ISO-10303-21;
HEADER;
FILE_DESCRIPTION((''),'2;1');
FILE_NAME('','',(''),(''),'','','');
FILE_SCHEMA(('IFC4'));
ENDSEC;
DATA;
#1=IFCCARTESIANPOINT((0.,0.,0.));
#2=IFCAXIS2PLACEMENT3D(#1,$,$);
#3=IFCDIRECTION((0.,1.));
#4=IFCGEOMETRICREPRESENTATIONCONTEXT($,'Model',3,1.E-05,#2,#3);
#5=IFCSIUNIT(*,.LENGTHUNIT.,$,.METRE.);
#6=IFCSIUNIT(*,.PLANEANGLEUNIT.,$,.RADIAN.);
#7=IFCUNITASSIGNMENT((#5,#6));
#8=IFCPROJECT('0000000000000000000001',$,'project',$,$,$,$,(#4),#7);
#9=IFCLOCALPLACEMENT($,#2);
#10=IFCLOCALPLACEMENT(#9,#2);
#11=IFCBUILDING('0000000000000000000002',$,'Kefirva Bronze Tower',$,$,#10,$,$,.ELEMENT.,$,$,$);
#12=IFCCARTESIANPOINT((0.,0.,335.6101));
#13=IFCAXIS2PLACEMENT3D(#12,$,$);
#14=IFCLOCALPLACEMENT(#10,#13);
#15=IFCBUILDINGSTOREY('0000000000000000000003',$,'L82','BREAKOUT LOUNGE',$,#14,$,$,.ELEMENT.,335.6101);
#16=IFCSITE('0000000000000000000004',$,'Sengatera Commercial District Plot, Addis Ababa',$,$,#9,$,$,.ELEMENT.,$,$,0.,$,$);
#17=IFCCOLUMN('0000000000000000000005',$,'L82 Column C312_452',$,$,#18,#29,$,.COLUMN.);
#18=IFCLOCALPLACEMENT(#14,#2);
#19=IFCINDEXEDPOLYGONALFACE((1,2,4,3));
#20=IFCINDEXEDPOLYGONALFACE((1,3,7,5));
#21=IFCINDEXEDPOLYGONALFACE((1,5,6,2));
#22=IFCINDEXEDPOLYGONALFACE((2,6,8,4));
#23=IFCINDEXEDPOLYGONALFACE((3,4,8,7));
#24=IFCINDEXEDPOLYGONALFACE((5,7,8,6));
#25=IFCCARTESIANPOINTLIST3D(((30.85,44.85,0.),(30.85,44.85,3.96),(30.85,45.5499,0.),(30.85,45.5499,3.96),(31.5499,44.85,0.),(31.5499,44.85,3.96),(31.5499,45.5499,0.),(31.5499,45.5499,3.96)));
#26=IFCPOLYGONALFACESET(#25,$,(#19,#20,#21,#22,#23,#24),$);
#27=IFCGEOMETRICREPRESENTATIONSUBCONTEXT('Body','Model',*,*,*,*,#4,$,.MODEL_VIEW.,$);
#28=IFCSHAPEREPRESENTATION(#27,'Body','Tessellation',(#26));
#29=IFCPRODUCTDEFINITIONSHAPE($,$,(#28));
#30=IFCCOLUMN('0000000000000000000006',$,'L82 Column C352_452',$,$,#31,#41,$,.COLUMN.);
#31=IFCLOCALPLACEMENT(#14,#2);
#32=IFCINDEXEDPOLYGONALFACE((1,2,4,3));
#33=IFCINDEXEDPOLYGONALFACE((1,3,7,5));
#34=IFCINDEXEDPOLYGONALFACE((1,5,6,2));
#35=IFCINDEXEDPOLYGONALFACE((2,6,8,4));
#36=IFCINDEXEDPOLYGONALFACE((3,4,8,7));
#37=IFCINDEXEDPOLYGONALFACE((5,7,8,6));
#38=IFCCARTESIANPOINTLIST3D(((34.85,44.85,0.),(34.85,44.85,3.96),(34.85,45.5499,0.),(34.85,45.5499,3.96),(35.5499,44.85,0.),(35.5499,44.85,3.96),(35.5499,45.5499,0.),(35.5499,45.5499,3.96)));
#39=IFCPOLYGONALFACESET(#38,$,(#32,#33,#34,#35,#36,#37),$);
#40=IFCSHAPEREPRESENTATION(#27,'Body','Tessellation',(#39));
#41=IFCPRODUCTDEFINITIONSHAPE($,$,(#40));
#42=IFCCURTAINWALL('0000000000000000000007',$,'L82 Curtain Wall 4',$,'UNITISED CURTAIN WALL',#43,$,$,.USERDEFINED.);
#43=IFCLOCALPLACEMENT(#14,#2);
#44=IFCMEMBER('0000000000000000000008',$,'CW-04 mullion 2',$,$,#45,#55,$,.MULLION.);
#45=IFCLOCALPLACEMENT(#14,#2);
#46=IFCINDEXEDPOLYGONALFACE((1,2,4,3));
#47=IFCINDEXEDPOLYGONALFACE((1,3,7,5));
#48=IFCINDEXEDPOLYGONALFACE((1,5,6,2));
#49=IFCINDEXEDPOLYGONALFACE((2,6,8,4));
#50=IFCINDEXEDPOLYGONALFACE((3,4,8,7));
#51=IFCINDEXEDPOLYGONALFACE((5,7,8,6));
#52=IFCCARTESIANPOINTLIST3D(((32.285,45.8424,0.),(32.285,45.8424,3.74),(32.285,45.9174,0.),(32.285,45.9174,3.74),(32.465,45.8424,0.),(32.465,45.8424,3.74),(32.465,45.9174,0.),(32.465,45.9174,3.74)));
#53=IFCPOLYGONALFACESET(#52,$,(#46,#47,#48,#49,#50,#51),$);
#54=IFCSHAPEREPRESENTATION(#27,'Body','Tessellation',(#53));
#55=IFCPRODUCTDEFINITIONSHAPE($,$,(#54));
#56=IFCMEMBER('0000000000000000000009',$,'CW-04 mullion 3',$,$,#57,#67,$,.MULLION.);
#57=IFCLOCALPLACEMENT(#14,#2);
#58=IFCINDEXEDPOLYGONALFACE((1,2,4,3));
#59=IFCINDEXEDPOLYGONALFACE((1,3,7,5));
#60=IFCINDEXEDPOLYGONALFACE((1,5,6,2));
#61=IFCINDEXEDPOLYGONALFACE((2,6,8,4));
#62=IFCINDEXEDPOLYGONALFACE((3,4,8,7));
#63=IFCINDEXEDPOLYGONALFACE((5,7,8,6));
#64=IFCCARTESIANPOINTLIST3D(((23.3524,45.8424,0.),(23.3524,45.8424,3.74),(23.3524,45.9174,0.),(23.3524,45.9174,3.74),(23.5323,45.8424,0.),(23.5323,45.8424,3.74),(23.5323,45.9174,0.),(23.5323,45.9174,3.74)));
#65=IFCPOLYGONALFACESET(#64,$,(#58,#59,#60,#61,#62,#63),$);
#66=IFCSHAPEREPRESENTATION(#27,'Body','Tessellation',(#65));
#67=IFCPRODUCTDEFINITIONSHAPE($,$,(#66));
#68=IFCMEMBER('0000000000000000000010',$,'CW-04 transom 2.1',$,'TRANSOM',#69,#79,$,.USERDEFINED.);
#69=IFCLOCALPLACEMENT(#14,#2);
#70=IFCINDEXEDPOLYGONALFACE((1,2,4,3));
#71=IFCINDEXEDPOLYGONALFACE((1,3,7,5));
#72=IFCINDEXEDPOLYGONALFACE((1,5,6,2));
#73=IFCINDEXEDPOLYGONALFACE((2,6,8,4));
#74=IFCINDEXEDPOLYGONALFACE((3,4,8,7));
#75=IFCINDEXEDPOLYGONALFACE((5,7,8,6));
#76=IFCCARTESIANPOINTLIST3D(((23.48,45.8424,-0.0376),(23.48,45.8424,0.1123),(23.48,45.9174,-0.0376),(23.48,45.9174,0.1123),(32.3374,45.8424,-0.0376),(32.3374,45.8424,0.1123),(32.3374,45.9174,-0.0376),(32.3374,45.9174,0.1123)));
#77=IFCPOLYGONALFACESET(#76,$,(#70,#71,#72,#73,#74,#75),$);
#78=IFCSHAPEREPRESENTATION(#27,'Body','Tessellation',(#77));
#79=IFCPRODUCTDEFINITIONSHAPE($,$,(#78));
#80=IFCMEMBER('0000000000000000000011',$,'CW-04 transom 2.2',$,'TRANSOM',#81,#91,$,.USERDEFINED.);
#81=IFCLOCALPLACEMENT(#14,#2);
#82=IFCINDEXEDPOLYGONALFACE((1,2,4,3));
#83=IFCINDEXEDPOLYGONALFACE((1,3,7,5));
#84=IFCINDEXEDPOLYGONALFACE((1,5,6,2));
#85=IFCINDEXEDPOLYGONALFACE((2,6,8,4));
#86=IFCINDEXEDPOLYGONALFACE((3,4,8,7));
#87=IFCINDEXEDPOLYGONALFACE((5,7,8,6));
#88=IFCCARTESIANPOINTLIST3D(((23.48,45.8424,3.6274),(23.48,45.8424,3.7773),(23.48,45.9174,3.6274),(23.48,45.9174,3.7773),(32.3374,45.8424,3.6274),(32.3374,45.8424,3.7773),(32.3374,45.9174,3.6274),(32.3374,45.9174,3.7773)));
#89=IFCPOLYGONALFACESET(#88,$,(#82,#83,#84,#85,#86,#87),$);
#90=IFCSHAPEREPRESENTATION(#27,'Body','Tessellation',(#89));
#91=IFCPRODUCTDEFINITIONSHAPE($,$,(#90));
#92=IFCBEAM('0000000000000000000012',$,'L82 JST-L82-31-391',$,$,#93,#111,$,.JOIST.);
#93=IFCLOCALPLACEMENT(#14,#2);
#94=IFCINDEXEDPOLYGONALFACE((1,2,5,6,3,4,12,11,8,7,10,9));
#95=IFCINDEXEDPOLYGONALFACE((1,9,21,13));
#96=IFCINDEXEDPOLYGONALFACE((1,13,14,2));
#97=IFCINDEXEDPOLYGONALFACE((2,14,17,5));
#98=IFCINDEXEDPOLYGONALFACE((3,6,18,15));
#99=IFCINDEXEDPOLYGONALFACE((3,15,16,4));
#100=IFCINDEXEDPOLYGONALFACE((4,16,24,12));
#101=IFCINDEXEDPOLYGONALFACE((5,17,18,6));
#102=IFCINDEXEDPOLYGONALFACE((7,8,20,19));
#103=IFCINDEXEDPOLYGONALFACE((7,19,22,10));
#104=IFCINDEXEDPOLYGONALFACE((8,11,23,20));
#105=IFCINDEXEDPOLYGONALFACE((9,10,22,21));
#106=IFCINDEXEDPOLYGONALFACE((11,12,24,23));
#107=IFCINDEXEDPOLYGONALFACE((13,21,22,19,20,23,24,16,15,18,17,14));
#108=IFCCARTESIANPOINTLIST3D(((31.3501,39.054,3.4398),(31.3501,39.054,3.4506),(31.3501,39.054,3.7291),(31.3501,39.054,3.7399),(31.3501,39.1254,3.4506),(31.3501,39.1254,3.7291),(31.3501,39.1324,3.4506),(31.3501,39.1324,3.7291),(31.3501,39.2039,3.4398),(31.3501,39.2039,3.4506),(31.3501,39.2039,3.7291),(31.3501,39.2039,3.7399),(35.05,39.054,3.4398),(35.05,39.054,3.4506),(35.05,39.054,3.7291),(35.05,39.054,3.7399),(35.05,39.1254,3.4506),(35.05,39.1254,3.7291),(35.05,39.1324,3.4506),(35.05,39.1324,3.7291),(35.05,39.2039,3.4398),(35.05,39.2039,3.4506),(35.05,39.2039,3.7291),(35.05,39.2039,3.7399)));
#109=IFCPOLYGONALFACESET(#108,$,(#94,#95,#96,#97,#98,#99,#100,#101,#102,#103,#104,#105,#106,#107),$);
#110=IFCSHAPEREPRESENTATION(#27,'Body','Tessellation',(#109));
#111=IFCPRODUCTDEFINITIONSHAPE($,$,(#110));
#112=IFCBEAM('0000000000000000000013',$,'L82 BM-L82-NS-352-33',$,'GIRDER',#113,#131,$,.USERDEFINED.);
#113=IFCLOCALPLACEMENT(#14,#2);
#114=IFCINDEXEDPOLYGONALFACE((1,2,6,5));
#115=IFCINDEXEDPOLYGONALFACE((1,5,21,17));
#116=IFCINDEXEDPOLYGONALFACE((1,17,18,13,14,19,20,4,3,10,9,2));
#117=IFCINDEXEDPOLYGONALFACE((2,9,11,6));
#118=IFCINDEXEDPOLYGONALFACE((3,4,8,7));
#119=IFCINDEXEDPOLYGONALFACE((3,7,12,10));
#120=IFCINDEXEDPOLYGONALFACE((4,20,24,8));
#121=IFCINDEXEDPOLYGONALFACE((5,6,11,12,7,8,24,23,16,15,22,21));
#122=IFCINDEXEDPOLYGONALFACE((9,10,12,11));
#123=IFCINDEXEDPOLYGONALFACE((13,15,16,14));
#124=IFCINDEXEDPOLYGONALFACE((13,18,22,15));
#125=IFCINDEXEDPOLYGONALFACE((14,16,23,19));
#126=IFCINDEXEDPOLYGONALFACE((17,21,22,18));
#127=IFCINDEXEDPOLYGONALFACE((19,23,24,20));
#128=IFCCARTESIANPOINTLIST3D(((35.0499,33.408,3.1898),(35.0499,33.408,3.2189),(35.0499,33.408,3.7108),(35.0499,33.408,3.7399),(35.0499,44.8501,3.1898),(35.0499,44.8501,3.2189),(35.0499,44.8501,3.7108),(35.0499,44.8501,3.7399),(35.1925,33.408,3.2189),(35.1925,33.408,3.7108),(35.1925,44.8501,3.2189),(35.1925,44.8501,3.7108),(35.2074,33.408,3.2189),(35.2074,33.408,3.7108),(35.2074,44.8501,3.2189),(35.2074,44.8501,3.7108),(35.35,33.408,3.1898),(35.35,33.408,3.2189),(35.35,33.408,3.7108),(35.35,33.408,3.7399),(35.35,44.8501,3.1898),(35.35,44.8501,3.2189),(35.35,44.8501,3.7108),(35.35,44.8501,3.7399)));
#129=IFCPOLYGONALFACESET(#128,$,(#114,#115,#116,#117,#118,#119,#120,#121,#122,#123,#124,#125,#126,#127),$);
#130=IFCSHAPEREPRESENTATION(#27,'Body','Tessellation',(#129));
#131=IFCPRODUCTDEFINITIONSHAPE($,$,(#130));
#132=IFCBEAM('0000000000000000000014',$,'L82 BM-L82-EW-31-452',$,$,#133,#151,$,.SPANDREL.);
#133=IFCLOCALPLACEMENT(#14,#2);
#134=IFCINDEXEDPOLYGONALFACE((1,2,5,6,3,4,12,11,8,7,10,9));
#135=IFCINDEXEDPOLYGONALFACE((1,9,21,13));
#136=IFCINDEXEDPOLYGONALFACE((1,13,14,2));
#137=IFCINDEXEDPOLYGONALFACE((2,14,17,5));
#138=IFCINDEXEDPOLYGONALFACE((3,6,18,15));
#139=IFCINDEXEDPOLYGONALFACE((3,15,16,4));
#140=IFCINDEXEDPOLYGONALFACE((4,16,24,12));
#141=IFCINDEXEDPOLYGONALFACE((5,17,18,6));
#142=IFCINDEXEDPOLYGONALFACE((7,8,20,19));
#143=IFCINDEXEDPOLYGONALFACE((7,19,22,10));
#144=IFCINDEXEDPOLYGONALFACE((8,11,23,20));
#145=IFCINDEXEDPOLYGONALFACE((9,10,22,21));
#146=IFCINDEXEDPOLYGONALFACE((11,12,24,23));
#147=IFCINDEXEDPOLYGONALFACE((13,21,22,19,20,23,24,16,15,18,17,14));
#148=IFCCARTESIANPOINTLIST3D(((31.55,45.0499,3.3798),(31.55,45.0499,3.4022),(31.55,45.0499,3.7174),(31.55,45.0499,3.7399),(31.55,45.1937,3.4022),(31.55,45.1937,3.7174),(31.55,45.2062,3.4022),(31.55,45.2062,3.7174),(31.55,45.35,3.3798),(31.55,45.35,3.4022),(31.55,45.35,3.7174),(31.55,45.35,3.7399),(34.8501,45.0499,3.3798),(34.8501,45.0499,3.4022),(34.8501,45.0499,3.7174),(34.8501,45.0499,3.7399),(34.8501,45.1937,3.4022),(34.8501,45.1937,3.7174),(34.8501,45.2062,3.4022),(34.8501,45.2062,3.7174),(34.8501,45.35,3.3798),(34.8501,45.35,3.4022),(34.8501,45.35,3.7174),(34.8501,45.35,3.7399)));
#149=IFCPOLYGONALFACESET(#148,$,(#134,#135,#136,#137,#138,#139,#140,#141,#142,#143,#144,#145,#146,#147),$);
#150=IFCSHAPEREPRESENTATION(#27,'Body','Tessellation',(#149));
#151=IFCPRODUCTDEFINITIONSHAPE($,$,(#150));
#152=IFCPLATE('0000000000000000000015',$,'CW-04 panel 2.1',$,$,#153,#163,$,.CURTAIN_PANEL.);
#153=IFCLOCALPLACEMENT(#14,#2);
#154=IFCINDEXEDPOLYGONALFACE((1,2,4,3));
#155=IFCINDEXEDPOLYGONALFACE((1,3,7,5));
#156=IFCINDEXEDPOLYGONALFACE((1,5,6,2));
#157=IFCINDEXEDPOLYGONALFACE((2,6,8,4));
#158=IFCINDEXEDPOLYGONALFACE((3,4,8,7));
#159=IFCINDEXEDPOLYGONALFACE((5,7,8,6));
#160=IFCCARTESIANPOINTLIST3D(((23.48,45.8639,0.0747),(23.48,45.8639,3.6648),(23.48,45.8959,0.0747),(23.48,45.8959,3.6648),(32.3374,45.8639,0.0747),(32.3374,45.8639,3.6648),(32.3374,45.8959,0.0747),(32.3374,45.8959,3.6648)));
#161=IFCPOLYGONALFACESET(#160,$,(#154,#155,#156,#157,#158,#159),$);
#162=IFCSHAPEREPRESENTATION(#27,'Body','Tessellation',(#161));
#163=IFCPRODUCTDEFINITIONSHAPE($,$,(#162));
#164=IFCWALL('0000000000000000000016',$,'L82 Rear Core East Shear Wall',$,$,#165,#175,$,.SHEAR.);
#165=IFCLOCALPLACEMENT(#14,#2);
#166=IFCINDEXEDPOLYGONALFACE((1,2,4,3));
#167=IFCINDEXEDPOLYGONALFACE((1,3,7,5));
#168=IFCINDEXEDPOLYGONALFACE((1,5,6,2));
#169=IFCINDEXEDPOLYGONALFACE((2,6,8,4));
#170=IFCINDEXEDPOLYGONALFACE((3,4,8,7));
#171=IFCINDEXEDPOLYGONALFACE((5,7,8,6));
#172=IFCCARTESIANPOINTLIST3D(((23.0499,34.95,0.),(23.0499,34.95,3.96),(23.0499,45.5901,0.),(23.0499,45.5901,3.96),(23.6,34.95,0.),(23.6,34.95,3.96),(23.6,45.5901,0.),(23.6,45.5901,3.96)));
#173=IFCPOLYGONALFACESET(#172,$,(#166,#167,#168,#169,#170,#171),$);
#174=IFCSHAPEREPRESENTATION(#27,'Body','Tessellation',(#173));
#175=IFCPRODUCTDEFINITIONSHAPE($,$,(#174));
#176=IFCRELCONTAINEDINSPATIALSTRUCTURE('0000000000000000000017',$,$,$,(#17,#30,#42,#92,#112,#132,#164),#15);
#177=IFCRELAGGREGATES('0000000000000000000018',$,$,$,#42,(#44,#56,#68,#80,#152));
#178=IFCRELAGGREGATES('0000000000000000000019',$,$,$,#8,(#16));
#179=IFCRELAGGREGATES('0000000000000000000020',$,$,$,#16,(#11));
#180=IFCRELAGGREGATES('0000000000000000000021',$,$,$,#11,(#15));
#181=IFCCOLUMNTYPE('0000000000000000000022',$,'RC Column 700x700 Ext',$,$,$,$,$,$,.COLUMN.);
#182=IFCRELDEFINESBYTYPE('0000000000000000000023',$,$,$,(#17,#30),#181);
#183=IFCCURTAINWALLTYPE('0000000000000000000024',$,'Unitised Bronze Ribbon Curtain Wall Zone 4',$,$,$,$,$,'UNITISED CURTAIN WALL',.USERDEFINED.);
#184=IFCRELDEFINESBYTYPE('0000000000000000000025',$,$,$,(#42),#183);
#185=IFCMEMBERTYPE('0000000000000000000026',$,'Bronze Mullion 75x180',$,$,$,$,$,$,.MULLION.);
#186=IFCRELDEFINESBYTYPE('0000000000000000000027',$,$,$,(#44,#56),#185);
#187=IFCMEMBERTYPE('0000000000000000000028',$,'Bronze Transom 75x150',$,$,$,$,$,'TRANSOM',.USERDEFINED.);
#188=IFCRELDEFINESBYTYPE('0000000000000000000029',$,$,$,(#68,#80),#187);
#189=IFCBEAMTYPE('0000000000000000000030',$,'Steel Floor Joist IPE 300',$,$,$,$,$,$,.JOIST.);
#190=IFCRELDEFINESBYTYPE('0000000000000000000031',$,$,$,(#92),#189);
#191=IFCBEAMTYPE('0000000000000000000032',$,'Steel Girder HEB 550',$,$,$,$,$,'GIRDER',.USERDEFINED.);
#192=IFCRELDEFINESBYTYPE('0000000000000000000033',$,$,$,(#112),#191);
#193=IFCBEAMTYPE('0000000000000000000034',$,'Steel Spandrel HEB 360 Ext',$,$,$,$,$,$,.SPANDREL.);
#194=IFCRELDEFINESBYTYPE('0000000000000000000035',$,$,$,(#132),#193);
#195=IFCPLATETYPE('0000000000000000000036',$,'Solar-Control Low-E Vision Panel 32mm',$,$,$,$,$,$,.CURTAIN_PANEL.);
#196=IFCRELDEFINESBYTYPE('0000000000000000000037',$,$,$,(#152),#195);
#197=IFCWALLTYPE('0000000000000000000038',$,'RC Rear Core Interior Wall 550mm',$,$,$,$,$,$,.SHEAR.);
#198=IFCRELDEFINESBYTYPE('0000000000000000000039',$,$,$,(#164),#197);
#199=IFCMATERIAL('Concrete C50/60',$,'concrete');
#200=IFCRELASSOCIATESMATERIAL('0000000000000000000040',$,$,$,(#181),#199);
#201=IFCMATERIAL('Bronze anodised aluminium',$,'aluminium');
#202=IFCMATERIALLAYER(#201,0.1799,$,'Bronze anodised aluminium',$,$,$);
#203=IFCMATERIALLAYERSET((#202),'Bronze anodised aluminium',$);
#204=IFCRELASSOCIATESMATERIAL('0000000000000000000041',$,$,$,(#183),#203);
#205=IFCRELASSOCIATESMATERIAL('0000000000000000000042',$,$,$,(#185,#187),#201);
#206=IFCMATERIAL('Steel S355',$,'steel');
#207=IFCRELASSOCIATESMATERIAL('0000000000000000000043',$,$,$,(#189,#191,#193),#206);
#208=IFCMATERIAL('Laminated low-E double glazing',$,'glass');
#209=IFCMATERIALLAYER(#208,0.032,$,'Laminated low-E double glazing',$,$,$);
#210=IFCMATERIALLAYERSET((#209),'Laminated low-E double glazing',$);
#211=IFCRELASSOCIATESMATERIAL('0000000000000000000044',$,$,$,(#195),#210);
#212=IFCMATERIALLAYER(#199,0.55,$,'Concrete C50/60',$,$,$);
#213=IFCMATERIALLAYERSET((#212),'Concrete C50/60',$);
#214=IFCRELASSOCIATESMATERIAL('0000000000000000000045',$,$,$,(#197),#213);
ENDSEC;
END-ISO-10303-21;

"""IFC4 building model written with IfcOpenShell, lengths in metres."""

from ifc_helpers import new_model, si_unit, direction, frame, frame_2d, origin, origin_2d, place, context, subcontext, project, spatial, rectangle, i_section, extrude, material, layer, layer_set, material_profile, profile_set, type_object, element, aggregate, save


model = new_model("IFC4")

# Units and contexts
model_context = context("Model", 3, precision=1e-05, world=origin(), true_north=direction((0.0, 1.0)))
body_context = subcontext(model_context, "Body", "Model", "MODEL_VIEW")
ifc_project = project(units=[si_unit("LENGTHUNIT", "METRE"), si_unit("PLANEANGLEUNIT", "RADIAN")], contexts=[model_context])

# Site, building, storey
site_placement = place(None, origin())
site = spatial("IfcSite", under=ifc_project, at=site_placement, Name="Sengatera Commercial District Plot, Addis Ababa", CompositionType="ELEMENT", RefElevation=0.0)
building_placement = place(site_placement, origin())
building = spatial("IfcBuilding", under=site, at=building_placement, Name="Kefirva Bronze Tower", CompositionType="ELEMENT")
storey_placement = place(building_placement, frame((0.0, 0.0, 335.6101)))
storey = spatial("IfcBuildingStorey", under=building, at=storey_placement, Name="L82", Description="BREAKOUT LOUNGE", CompositionType="ELEMENT", Elevation=335.6101)

# Columns
ifc_material_1 = material(Name="Concrete C50/60", Category="concrete")
ifc_material_profile_1 = material_profile(ifc_material_1, rectangle(XDim=0.7, YDim=0.7, at=origin_2d()), Name="RC 700x700")
ifc_profile_set_1 = profile_set([ifc_material_profile_1], Name="Concrete C50/60")
column_type = type_object("IfcColumnType", Name="RC Column 700x700 Ext", PredefinedType="COLUMN", material=ifc_profile_set_1)
for number, where, z_axis, x_axis, name in (
    (1, (31.2, 45.2, 0.0), (0.0, 0.0, 1.0), (1.0, 0.0, 0.0), "L82 Column C312_452"),
    (2, (35.2, 45.2, 0.0), (0.0, 0.0, 1.0), (1.0, 0.0, 0.0), "L82 Column C352_452"),
):
    element("IfcColumn", number, at=place(storey_placement, frame(where, z_axis=z_axis, x_axis=x_axis)), inside=storey, type_object=column_type, Name=name, PredefinedType="COLUMN", context=body_context, shape_type="SweptSolid", body=[
        extrude(rectangle(XDim=0.7, YDim=0.7, at=origin_2d()), origin(), (0.0, 0.0, 1.0), 3.96),
    ])

# Curtain wall, members
ifc_material_2 = material(Name="Bronze anodised aluminium", Category="aluminium")
ifc_layer_1 = layer(ifc_material_2, 0.1799, Name="Bronze anodised aluminium")
ifc_layer_set_1 = layer_set([ifc_layer_1], Name="Bronze anodised aluminium")
curtain_wall_type = type_object("IfcCurtainWallType", Name="Unitised Bronze Ribbon Curtain Wall Zone 4", ElementType="UNITISED CURTAIN WALL", PredefinedType="USERDEFINED", material=ifc_layer_set_1)
curtain_wall_placement = place(storey_placement, origin())
curtain_wall = element("IfcCurtainWall", 3, at=curtain_wall_placement, inside=storey, type_object=curtain_wall_type, Name="L82 Curtain Wall 4", ObjectType="UNITISED CURTAIN WALL", PredefinedType="USERDEFINED")
ifc_material_profile_2 = material_profile(ifc_material_2, rectangle(XDim=0.075, YDim=0.1799, at=origin_2d()), Name="ALU 75x180")
ifc_profile_set_2 = profile_set([ifc_material_profile_2], Name="Bronze anodised aluminium")
member_type_1 = type_object("IfcMemberType", Name="Bronze Mullion 75x180", PredefinedType="MULLION", material=ifc_profile_set_2)
member_1_placement = place(storey_placement, frame((32.375, 45.8799, 0.0), z_axis=(0.0, 0.0, 1.0), x_axis=(0.0, -1.0, 0.0)))
member_1 = element("IfcMember", 4, at=member_1_placement, type_object=member_type_1, Name="CW-04 mullion 2", PredefinedType="MULLION", context=body_context, shape_type="SweptSolid", body=[
    extrude(rectangle(XDim=0.075, YDim=0.1799, at=origin_2d()), origin(), (0.0, 0.0, 1.0), 3.74),
])
member_2_placement = place(storey_placement, frame((23.4424, 45.8799, 0.0), z_axis=(0.0, 0.0, 1.0), x_axis=(0.0, -1.0, 0.0)))
member_2 = element("IfcMember", 5, at=member_2_placement, type_object=member_type_1, Name="CW-04 mullion 3", PredefinedType="MULLION", context=body_context, shape_type="SweptSolid", body=[
    extrude(rectangle(XDim=0.075, YDim=0.1799, at=origin_2d()), origin(), (0.0, 0.0, 1.0), 3.74),
])
ifc_material_profile_3 = material_profile(ifc_material_2, rectangle(XDim=0.075, YDim=0.1499, at=origin_2d()), Name="ALU 75x150")
ifc_profile_set_3 = profile_set([ifc_material_profile_3], Name="Bronze anodised aluminium")
member_type_2 = type_object("IfcMemberType", Name="Bronze Transom 75x150", ElementType="TRANSOM", PredefinedType="USERDEFINED", material=ifc_profile_set_3)
member_3_placement = place(storey_placement, frame((32.3374, 45.8799, 0.0374), z_axis=(-1.0, 0.0, 0.0), x_axis=(0.0, -1.0, 0.0)))
member_3 = element("IfcMember", 6, at=member_3_placement, type_object=member_type_2, Name="CW-04 transom 2.1", ObjectType="TRANSOM", PredefinedType="USERDEFINED", context=body_context, shape_type="SweptSolid", body=[
    extrude(rectangle(XDim=0.075, YDim=0.1499, at=origin_2d()), origin(), (0.0, 0.0, 1.0), 8.8574),
])
member_4_placement = place(storey_placement, frame((32.3374, 45.8799, 3.7024), z_axis=(-1.0, 0.0, 0.0), x_axis=(0.0, -1.0, 0.0)))
member_4 = element("IfcMember", 7, at=member_4_placement, type_object=member_type_2, Name="CW-04 transom 2.2", ObjectType="TRANSOM", PredefinedType="USERDEFINED", context=body_context, shape_type="SweptSolid", body=[
    extrude(rectangle(XDim=0.075, YDim=0.1499, at=origin_2d()), origin(), (0.0, 0.0, 1.0), 8.8574),
])

# Beams
ifc_material_3 = material(Name="Steel S355", Category="steel")
ifc_material_profile_4 = material_profile(ifc_material_3, i_section(OverallWidth=0.1499, OverallDepth=0.3, WebThickness=0.0071, FlangeThickness=0.0107, at=origin_2d()), Name="IPE 300")
ifc_profile_set_4 = profile_set([ifc_material_profile_4], Name="Steel S355")
beam_type_1 = type_object("IfcBeamType", Name="Steel Floor Joist IPE 300", PredefinedType="JOIST", material=ifc_profile_set_4)
beam_1_placement = place(storey_placement, frame((31.3501, 39.1289, 3.5898), z_axis=(1.0, 0.0, 0.0), x_axis=(0.0, 1.0, 0.0)))
element("IfcBeam", 8, at=beam_1_placement, inside=storey, type_object=beam_type_1, Name="L82 JST-L82-31-391", PredefinedType="JOIST", context=body_context, shape_type="SweptSolid", body=[
    extrude(i_section(OverallWidth=0.1499, OverallDepth=0.3, WebThickness=0.0071, FlangeThickness=0.0107, at=origin_2d()), origin(), (0.0, 0.0, 1.0), 3.7),
])
ifc_material_profile_5 = material_profile(ifc_material_3, i_section(OverallWidth=0.3, OverallDepth=0.55, WebThickness=0.0149, FlangeThickness=0.0291, at=origin_2d()), Name="HEB 550")
ifc_profile_set_5 = profile_set([ifc_material_profile_5], Name="Steel S355")
beam_type_2 = type_object("IfcBeamType", Name="Steel Girder HEB 550", ElementType="GIRDER", PredefinedType="USERDEFINED", material=ifc_profile_set_5)
beam_2_placement = place(storey_placement, frame((35.2, 33.408, 3.4648), z_axis=(0.0, 1.0, 0.0), x_axis=(-1.0, 0.0, 0.0)))
element("IfcBeam", 9, at=beam_2_placement, inside=storey, type_object=beam_type_2, Name="L82 BM-L82-NS-352-33", ObjectType="GIRDER", PredefinedType="USERDEFINED", context=body_context, shape_type="SweptSolid", body=[
    extrude(i_section(OverallWidth=0.3, OverallDepth=0.55, WebThickness=0.0149, FlangeThickness=0.0291, at=origin_2d()), origin(), (0.0, 0.0, 1.0), 11.4421),
])
ifc_material_profile_6 = material_profile(ifc_material_3, i_section(OverallWidth=0.3, OverallDepth=0.3601, WebThickness=0.0125, FlangeThickness=0.0225, at=origin_2d()), Name="HEB 360")
ifc_profile_set_6 = profile_set([ifc_material_profile_6], Name="Steel S355")
beam_type_3 = type_object("IfcBeamType", Name="Steel Spandrel HEB 360 Ext", PredefinedType="SPANDREL", material=ifc_profile_set_6)
beam_3_placement = place(storey_placement, frame((31.55, 45.2, 3.5598), z_axis=(1.0, 0.0, 0.0), x_axis=(0.0, 1.0, 0.0)))
element("IfcBeam", 10, at=beam_3_placement, inside=storey, type_object=beam_type_3, Name="L82 BM-L82-EW-31-452", PredefinedType="SPANDREL", context=body_context, shape_type="SweptSolid", body=[
    extrude(i_section(OverallWidth=0.3, OverallDepth=0.3601, WebThickness=0.0125, FlangeThickness=0.0225, at=origin_2d()), origin(), (0.0, 0.0, 1.0), 3.3),
])

# Plate
ifc_material_4 = material(Name="Laminated low-E double glazing", Category="glass")
ifc_layer_2 = layer(ifc_material_4, 0.032, Name="Laminated low-E double glazing")
ifc_layer_set_2 = layer_set([ifc_layer_2], Name="Laminated low-E double glazing")
plate_type = type_object("IfcPlateType", Name="Solar-Control Low-E Vision Panel 32mm", PredefinedType="CURTAIN_PANEL", material=ifc_layer_set_2)
plate_placement = place(storey_placement, frame((27.9087, 45.8799, 0.0747), z_axis=(0.0, 0.0, 1.0), x_axis=(-1.0, 0.0, 0.0)))
plate = element("IfcPlate", 11, at=plate_placement, type_object=plate_type, Name="CW-04 panel 2.1", PredefinedType="CURTAIN_PANEL", context=body_context, shape_type="SweptSolid", body=[
    extrude(rectangle(XDim=8.8574, YDim=0.032, at=origin_2d()), origin(), (0.0, 0.0, 1.0), 3.5901),
])
aggregate(curtain_wall, [member_1, member_2, member_3, member_4, plate])

# Wall
ifc_layer_3 = layer(ifc_material_1, 0.55, Name="Concrete C50/60")
ifc_layer_set_3 = layer_set([ifc_layer_3], Name="Concrete C50/60")
wall_type = type_object("IfcWallType", Name="RC Rear Core Interior Wall 550mm", PredefinedType="SHEAR", material=ifc_layer_set_3)
wall_placement = place(storey_placement, frame((23.325, 34.95, 0.0), z_axis=(0.0, 0.0, 1.0), x_axis=(0.0, 1.0, 0.0)))
element("IfcWall", 12, at=wall_placement, inside=storey, type_object=wall_type, Name="L82 Rear Core East Shear Wall", PredefinedType="SHEAR", context=body_context, shape_type="SweptSolid", body=[
    extrude(rectangle(XDim=10.6401, YDim=0.55, at=frame_2d((5.3201, 0.0))), origin(), (0.0, 0.0, 1.0), 3.96),
])

save(model, "model.ifc")
